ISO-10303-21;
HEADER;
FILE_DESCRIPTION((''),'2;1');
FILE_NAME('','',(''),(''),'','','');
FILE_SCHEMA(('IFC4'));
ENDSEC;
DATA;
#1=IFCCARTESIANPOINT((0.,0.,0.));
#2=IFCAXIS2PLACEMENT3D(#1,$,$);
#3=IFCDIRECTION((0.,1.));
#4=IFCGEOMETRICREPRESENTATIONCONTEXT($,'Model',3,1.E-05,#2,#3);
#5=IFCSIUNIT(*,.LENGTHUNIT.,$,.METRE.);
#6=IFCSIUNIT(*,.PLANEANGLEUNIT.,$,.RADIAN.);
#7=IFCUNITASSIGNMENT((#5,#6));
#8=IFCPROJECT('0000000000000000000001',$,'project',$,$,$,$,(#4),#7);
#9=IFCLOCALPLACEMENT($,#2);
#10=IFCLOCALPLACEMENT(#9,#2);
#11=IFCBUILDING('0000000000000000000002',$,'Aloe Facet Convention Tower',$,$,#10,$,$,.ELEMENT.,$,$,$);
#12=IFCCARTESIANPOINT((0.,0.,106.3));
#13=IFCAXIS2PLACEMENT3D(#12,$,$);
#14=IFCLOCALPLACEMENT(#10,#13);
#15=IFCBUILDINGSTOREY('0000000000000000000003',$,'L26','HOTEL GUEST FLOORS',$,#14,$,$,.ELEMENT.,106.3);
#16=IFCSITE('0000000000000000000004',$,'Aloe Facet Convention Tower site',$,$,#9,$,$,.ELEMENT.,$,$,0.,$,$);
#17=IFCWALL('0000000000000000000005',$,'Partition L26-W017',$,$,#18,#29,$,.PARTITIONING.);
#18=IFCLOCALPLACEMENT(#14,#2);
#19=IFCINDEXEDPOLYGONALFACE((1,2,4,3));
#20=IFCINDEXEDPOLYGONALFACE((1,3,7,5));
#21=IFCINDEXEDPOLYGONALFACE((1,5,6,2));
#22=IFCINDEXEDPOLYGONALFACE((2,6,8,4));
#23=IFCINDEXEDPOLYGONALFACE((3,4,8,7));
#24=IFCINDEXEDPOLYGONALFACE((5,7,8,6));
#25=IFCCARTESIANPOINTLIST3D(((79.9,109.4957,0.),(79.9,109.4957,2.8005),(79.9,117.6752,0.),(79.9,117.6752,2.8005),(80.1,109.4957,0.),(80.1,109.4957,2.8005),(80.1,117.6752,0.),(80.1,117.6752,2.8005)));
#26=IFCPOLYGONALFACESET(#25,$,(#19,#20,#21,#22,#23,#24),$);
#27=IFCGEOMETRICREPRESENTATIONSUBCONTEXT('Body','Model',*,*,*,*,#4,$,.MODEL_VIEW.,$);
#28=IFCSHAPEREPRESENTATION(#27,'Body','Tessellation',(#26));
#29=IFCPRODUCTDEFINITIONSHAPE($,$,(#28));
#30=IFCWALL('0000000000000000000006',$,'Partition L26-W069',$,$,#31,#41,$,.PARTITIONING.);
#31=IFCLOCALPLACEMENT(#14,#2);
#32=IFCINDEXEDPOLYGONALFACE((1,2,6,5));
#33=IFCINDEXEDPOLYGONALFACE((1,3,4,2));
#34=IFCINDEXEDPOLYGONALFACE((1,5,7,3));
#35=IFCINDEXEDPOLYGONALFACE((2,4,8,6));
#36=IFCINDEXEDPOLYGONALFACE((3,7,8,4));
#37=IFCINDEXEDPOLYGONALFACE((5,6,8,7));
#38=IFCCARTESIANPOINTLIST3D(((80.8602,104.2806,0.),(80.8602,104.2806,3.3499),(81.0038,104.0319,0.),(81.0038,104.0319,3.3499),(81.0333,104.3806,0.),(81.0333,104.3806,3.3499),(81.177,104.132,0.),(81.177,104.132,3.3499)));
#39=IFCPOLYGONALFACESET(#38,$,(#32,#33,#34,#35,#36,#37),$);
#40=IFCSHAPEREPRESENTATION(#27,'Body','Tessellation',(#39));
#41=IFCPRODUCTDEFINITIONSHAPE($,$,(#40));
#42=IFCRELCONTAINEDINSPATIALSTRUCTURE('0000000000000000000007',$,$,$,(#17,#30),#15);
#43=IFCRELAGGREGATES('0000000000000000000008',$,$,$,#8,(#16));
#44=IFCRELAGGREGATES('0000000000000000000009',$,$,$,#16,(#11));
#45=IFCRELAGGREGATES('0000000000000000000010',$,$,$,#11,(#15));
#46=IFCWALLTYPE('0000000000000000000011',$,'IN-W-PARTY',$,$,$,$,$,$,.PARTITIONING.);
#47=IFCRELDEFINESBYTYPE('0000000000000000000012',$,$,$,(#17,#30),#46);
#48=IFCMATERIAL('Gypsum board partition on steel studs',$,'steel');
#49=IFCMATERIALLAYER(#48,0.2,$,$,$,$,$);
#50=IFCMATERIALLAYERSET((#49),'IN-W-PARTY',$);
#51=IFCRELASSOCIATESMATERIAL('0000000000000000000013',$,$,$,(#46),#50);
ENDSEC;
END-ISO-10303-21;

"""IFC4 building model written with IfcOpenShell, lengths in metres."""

from ifc_helpers import new_model, si_unit, direction, frame, frame_2d, origin, place, context, subcontext, project, spatial, rectangle, extrude, material, layer, layer_set, type_object, element, save


model = new_model("IFC4")

# Units and contexts
model_context = context("Model", 3, precision=1e-05, world=origin(), true_north=direction((0.0, 1.0)))
body_context = subcontext(model_context, "Body", "Model", "MODEL_VIEW")
ifc_project = project(units=[si_unit("LENGTHUNIT", "METRE"), si_unit("PLANEANGLEUNIT", "RADIAN")], contexts=[model_context])

# Site, building, storey
site_placement = place(None, origin())
site = spatial("IfcSite", under=ifc_project, at=site_placement, Name="Aloe Facet Convention Tower site", CompositionType="ELEMENT", RefElevation=0.0)
building_placement = place(site_placement, origin())
building = spatial("IfcBuilding", under=site, at=building_placement, Name="Aloe Facet Convention Tower", CompositionType="ELEMENT")
storey_placement = place(building_placement, frame((0.0, 0.0, 106.3)))
storey = spatial("IfcBuildingStorey", under=building, at=storey_placement, Name="L26", Description="HOTEL GUEST FLOORS", CompositionType="ELEMENT", Elevation=106.3)

# Walls
ifc_material_1 = material(Name="Gypsum board partition on steel studs", Category="steel")
ifc_layer_1 = layer(ifc_material_1, 0.2)
ifc_layer_set_1 = layer_set([ifc_layer_1], Name="IN-W-PARTY")
wall_type_1 = type_object("IfcWallType", Name="IN-W-PARTY", PredefinedType="PARTITIONING", material=ifc_layer_set_1)
wall_1_placement = place(storey_placement, frame((80.0, 109.4956, 0.0), z_axis=(0.0, 0.0, 1.0), x_axis=(0.0, 1.0, 0.0)))
element("IfcWall", 1, at=wall_1_placement, inside=storey, type_object=wall_type_1, Name="Partition L26-W017", PredefinedType="PARTITIONING", context=body_context, shape_type="SweptSolid", body=[
    extrude(rectangle(XDim=8.1794, YDim=0.2, at=frame_2d((4.0898, 0.0))), origin(), (0.0, 0.0, 1.0), 2.8005),
])
wall_2_placement = place(storey_placement, frame((80.9468, 104.3306, 0.0), z_axis=(0.0, 0.0, 1.0), x_axis=(0.500164, -0.865931, 0.0)))
element("IfcWall", 2, at=wall_2_placement, inside=storey, type_object=wall_type_1, Name="Partition L26-W069", PredefinedType="PARTITIONING", context=body_context, shape_type="SweptSolid", body=[
    extrude(rectangle(XDim=0.2871, YDim=0.2, at=frame_2d((0.1436, 0.0))), origin(), (0.0, 0.0, 1.0), 3.3499),
])

save(model, "model.ifc")
